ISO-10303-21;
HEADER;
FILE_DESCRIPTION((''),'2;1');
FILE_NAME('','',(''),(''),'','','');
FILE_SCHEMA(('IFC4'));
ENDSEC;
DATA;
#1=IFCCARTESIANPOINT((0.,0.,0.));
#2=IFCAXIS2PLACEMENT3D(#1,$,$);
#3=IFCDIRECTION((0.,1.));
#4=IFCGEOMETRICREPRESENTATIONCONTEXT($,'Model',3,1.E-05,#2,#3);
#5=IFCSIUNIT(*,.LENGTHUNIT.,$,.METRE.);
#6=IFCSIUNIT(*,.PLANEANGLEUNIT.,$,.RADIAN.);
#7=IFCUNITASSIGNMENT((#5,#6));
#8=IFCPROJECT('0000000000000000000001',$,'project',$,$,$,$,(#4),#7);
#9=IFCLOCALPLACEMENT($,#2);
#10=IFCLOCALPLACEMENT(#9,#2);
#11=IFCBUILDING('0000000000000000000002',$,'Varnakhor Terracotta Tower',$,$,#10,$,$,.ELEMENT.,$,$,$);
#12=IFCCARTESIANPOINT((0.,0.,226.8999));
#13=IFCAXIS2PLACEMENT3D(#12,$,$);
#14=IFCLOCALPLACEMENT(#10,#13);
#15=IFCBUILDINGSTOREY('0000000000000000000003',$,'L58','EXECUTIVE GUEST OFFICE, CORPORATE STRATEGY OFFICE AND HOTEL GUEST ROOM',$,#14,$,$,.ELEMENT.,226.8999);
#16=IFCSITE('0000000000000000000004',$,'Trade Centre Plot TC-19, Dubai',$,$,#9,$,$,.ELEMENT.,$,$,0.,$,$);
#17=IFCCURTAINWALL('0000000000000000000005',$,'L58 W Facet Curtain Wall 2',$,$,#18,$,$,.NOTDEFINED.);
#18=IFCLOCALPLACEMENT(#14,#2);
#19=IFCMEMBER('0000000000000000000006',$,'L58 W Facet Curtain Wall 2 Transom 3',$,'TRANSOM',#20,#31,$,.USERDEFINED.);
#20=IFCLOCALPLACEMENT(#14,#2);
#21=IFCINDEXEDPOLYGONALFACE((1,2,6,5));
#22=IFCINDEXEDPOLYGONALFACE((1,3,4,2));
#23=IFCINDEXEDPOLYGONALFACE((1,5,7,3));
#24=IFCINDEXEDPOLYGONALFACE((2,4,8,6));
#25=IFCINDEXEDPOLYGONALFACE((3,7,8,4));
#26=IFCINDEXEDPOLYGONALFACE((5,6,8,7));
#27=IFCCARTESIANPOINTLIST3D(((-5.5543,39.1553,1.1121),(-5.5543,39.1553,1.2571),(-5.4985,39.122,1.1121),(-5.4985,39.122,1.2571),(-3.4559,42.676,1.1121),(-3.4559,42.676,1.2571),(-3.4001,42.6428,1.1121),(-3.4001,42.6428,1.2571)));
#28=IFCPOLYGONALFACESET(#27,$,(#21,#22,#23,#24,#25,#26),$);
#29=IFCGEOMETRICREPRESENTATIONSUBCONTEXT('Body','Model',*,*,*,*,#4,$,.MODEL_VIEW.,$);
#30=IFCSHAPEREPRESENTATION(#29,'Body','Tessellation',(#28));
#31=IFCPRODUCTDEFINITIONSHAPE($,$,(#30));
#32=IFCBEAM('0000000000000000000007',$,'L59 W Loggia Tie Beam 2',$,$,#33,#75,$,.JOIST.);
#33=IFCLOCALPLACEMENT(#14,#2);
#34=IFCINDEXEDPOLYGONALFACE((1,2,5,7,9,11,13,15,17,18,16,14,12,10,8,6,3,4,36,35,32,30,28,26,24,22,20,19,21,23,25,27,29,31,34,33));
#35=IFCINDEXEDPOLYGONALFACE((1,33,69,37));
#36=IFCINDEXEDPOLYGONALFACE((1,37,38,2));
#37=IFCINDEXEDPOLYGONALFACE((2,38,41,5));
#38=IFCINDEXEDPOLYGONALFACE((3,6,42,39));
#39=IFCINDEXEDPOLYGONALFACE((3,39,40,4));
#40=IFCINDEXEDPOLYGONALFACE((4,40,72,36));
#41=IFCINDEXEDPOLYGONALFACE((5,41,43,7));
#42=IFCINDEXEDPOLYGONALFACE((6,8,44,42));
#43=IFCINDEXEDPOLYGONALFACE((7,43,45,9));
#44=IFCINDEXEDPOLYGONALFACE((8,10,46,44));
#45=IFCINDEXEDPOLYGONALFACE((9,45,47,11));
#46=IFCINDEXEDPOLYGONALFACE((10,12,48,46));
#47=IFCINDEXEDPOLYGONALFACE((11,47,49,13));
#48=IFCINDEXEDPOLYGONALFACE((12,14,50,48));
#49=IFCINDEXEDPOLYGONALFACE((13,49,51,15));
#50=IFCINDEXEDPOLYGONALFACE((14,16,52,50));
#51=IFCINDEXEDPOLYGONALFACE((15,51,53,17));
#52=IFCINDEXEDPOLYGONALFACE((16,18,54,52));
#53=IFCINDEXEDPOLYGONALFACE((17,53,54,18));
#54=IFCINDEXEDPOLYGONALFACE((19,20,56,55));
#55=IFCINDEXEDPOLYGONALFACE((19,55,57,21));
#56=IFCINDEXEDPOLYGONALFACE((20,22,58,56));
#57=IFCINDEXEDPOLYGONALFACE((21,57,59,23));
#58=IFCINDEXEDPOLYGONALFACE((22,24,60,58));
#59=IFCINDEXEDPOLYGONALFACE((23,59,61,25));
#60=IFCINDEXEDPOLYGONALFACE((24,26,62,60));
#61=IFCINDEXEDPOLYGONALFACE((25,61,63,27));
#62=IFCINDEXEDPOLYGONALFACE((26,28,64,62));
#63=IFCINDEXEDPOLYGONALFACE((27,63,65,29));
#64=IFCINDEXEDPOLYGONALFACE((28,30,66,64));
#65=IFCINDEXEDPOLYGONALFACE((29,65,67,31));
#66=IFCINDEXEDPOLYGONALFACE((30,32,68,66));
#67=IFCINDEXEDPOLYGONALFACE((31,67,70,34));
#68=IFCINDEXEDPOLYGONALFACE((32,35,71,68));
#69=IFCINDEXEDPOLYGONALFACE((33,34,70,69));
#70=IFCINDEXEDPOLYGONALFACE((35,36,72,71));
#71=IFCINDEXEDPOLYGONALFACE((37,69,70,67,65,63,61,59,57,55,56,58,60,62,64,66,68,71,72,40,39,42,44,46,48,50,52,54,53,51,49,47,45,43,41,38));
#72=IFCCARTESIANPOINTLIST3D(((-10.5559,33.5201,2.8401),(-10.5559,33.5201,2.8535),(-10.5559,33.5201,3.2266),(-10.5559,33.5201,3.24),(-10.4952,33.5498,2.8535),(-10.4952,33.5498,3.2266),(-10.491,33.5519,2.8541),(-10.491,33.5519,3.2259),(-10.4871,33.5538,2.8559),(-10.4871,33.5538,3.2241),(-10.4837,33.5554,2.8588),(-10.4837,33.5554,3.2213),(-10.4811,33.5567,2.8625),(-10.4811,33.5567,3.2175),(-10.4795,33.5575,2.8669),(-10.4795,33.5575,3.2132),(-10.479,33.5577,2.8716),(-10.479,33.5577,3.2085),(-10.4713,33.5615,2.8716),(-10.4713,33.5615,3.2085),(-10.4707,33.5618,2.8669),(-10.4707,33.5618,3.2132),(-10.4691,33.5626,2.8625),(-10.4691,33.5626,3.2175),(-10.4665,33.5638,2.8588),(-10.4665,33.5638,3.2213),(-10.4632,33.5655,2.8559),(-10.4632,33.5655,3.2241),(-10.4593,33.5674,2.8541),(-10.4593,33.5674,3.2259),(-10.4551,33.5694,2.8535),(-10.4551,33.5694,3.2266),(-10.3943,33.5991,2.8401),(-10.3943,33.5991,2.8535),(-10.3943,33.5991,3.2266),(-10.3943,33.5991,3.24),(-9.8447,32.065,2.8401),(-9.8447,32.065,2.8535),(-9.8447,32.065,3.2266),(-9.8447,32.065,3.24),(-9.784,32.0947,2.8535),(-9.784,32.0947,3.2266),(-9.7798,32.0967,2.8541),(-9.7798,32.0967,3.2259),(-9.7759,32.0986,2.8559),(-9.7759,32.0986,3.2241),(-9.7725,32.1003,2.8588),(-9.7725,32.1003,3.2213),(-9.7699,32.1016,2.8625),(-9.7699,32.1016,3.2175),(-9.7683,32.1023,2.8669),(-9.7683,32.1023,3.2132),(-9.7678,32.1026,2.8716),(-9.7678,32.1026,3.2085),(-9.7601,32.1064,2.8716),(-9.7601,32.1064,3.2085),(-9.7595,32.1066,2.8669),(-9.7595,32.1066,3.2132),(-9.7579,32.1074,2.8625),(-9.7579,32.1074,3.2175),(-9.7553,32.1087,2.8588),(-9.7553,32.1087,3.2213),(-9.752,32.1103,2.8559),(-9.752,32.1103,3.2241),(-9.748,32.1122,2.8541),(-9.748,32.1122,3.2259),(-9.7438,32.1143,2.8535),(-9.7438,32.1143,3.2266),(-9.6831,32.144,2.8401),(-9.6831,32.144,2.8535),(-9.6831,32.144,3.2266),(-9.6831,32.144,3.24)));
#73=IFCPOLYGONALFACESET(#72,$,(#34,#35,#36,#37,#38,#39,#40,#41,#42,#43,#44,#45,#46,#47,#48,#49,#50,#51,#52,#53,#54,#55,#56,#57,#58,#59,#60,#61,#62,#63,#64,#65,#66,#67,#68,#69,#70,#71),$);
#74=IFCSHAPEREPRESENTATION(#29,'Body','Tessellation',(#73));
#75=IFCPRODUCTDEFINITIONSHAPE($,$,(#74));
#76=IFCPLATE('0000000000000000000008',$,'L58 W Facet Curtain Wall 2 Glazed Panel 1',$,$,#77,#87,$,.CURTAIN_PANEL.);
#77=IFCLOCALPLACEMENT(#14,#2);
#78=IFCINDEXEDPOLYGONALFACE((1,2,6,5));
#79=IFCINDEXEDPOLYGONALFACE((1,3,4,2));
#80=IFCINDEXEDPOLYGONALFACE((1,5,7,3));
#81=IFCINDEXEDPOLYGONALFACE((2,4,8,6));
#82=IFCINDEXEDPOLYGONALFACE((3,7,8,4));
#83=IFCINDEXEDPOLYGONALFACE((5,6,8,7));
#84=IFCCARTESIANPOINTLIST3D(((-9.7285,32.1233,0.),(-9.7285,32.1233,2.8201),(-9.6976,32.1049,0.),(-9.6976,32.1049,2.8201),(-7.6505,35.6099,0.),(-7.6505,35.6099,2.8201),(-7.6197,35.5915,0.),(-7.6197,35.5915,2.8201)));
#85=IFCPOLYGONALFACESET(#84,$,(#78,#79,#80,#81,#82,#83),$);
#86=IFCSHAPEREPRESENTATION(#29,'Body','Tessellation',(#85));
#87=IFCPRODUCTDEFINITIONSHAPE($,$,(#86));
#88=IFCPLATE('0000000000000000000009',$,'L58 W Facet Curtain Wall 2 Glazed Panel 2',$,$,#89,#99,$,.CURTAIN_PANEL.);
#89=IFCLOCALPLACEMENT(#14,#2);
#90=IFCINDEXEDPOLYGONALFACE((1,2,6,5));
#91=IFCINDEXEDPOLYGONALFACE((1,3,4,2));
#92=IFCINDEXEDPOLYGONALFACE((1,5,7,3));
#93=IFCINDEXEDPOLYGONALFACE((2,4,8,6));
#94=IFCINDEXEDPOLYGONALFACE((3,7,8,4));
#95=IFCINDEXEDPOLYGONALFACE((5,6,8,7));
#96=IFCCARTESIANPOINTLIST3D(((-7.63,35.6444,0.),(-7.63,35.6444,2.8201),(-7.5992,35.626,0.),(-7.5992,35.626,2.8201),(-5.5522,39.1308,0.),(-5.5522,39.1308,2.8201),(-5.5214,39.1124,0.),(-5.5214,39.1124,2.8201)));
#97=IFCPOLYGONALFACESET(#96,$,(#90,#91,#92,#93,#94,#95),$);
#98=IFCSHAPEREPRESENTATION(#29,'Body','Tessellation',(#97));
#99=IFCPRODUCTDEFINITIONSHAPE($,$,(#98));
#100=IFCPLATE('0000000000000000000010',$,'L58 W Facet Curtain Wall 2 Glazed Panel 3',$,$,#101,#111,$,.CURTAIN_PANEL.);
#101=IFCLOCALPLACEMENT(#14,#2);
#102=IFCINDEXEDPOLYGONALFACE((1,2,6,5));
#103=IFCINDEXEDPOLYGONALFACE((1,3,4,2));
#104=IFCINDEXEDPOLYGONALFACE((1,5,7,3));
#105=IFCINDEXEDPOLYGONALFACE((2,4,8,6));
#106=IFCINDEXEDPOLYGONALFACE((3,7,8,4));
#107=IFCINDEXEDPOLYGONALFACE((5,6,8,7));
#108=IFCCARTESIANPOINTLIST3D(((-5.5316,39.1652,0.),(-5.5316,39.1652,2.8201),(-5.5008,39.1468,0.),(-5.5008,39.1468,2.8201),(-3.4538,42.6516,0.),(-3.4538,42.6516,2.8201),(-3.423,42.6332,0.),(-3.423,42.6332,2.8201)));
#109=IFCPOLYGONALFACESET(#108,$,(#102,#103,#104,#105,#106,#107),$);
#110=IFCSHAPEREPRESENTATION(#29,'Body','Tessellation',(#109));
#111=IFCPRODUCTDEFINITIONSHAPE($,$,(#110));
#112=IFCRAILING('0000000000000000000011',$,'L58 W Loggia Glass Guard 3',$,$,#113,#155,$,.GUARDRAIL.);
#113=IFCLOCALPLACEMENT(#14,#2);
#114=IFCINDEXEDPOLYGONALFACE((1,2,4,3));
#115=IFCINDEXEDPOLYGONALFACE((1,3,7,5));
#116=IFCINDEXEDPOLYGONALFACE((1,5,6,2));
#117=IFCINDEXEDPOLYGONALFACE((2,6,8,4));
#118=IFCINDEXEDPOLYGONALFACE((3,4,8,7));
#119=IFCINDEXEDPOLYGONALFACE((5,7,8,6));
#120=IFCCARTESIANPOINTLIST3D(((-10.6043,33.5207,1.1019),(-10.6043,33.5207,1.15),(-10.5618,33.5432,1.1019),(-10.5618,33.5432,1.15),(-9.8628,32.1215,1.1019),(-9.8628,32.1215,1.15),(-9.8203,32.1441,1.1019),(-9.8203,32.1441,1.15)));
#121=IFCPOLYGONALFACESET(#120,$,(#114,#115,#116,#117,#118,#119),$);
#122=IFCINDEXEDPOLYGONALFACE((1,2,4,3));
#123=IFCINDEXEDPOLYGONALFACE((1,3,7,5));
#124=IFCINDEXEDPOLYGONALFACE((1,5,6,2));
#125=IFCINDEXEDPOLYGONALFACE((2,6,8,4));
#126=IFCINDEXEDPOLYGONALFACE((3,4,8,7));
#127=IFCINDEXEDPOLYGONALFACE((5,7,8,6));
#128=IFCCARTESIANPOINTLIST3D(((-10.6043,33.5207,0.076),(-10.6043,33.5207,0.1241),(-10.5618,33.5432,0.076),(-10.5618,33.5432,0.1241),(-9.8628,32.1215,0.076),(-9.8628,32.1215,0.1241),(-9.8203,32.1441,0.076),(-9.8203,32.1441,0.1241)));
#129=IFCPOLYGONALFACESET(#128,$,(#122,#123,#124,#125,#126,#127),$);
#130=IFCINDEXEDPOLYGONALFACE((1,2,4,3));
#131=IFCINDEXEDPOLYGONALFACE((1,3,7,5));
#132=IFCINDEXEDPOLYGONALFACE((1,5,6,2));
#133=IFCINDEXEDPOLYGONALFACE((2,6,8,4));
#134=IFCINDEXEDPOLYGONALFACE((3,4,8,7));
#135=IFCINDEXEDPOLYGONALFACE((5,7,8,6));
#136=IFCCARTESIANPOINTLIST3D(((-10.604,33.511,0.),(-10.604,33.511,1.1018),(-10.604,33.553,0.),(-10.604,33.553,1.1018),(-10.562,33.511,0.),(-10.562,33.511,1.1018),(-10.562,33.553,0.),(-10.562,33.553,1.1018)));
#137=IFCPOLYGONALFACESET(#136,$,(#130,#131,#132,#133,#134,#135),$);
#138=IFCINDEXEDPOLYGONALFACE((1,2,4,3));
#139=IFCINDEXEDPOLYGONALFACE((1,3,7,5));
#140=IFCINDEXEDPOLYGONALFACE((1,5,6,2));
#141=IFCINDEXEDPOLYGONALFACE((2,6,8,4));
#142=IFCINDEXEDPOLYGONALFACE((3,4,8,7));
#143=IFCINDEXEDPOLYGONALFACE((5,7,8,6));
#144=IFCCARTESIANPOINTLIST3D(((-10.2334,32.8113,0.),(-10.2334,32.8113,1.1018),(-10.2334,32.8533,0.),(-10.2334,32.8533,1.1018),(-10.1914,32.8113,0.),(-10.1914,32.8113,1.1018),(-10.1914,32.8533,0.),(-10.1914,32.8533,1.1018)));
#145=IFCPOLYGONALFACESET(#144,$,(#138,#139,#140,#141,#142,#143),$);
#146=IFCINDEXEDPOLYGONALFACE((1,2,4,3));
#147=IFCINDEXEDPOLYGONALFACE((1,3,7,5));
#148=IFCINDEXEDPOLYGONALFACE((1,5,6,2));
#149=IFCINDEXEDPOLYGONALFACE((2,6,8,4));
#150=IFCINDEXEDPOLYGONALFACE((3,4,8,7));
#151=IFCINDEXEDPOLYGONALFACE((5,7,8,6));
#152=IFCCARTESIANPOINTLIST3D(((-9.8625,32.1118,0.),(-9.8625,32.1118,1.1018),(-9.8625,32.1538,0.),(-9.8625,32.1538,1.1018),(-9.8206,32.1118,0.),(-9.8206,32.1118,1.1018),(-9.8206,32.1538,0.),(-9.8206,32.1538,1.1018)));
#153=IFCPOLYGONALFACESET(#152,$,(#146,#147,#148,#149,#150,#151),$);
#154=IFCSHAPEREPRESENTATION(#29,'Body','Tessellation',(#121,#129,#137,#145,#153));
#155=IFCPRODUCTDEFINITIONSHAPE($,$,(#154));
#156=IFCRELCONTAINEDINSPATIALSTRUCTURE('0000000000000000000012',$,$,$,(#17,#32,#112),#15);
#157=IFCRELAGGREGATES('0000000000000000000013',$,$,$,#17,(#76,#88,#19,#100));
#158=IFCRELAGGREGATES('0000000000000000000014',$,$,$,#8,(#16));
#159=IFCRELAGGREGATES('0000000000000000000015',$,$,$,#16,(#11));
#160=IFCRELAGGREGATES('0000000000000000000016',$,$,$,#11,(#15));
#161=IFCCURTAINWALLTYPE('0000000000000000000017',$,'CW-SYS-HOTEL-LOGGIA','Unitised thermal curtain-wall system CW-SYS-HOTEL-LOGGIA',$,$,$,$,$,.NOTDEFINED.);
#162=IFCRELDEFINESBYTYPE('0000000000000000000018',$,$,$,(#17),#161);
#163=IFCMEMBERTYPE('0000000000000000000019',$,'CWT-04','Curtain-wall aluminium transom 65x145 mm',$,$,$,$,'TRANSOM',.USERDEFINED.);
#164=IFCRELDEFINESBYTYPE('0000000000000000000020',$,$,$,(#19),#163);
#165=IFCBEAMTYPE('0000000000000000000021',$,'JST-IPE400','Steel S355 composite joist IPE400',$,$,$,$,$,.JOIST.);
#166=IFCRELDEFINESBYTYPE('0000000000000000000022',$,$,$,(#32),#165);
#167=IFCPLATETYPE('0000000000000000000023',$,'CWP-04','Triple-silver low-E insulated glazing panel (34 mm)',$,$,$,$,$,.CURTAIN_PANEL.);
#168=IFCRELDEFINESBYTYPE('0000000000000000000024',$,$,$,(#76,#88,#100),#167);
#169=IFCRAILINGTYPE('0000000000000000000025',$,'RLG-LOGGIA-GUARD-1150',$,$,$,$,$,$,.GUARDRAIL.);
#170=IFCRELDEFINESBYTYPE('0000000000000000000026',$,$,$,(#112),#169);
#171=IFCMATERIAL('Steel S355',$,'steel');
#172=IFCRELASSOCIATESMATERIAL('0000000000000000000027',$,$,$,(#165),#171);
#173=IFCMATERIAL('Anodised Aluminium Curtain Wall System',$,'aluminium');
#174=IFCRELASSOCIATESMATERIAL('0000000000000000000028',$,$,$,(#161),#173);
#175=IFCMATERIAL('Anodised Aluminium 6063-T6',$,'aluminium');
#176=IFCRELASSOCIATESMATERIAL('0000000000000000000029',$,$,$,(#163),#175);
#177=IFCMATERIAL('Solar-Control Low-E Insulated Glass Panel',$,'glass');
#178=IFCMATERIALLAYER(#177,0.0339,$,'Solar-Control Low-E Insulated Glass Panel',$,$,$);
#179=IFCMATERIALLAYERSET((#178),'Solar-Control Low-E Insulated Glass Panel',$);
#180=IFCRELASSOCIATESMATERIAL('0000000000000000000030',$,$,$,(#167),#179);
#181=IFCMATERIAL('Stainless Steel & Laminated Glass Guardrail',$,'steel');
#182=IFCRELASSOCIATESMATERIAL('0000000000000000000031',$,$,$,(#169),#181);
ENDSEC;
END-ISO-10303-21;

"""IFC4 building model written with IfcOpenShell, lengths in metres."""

from ifc_helpers import new_model, si_unit, direction, frame, origin, origin_2d, place, context, subcontext, project, spatial, rectangle, i_section, extrude, source, transform, mapped, material, layer, layer_set, material_profile, profile_set, type_object, element, aggregate, save


model = new_model("IFC4")

# Units and contexts
model_context = context("Model", 3, precision=1e-05, world=origin(), true_north=direction((0.0, 1.0)))
body_context = subcontext(model_context, "Body", "Model", "MODEL_VIEW")
ifc_project = project(units=[si_unit("LENGTHUNIT", "METRE"), si_unit("PLANEANGLEUNIT", "RADIAN")], contexts=[model_context])

# Site, building, storey
site_placement = place(None, origin())
site = spatial("IfcSite", under=ifc_project, at=site_placement, Name="Trade Centre Plot TC-19, Dubai", CompositionType="ELEMENT", RefElevation=0.0)
building_placement = place(site_placement, origin())
building = spatial("IfcBuilding", under=site, at=building_placement, Name="Varnakhor Terracotta Tower", CompositionType="ELEMENT")
storey_placement = place(building_placement, frame((0.0, 0.0, 226.8999)))
storey = spatial("IfcBuildingStorey", under=building, at=storey_placement, Name="L58", Description="EXECUTIVE GUEST OFFICE, CORPORATE STRATEGY OFFICE AND HOTEL GUEST ROOM", CompositionType="ELEMENT", Elevation=226.8999)

# Shared definitions
ifc_material_1 = material(Name="Steel S355", Category="steel")
ifc_material_profile_1 = material_profile(ifc_material_1, i_section(OverallWidth=0.1799, OverallDepth=0.3999, WebThickness=0.0085, FlangeThickness=0.0134, FilletRadius=0.0181, at=origin_2d()), Name="IPE400")
ifc_profile_set_1 = profile_set([ifc_material_profile_1], Name="Steel S355")
beam_type_1 = type_object("IfcBeamType", Name="JST-IPE400", Description="Steel S355 composite joist IPE400", PredefinedType="JOIST", material=ifc_profile_set_1)

# Curtain wall, member
ifc_material_2 = material(Name="Anodised Aluminium Curtain Wall System", Category="aluminium")
curtain_wall_type = type_object("IfcCurtainWallType", Name="CW-SYS-HOTEL-LOGGIA", Description="Unitised thermal curtain-wall system CW-SYS-HOTEL-LOGGIA", PredefinedType="NOTDEFINED", material=ifc_material_2)
curtain_wall_placement = place(storey_placement, origin())
curtain_wall = element("IfcCurtainWall", 1, at=curtain_wall_placement, inside=storey, type_object=curtain_wall_type, Name="L58 W Facet Curtain Wall 2", PredefinedType="NOTDEFINED")
ifc_material_3 = material(Name="Anodised Aluminium 6063-T6", Category="aluminium")
ifc_material_profile_2 = material_profile(ifc_material_3, rectangle(XDim=0.0649, YDim=0.145, at=origin_2d()), Name="ALU TRANSOM 65x145")
ifc_profile_set_2 = profile_set([ifc_material_profile_2], Name="Anodised Aluminium 6063-T6")
member_type_1 = type_object("IfcMemberType", Name="CWT-04", Description="Curtain-wall aluminium transom 65x145 mm", ElementType="TRANSOM", PredefinedType="USERDEFINED", material=ifc_profile_set_2)
shared_shape_1 = source(origin(), body_context, "Body", "SweptSolid", [
    extrude(rectangle(XDim=0.0649, YDim=0.145, at=origin_2d()), origin(), (0.0, 0.0, 1.0), 4.0986),
])
member_1_placement = place(storey_placement, frame((-5.5264, 39.1387, 1.1846), z_axis=(0.511971, 0.859003, 0.0), x_axis=(-0.859003, 0.511971, 0.0)))
member_1 = element("IfcMember", 2, at=member_1_placement, type_object=member_type_1, Name="L58 W Facet Curtain Wall 2 Transom 3", ObjectType="TRANSOM", PredefinedType="USERDEFINED", context=body_context, shape_type="MappedRepresentation", body=[
    mapped(shared_shape_1, transform((0.0, 0.0, 0.0), scale=1.0)),
])

# Beam
shared_shape_2 = source(origin(), body_context, "Body", "SweptSolid", [
    extrude(i_section(OverallWidth=0.1799, OverallDepth=0.3999, WebThickness=0.0085, FlangeThickness=0.0134, FilletRadius=0.0181, at=origin_2d()), origin(), (0.0, 0.0, 1.0), 1.6196),
])
beam_1_placement = place(storey_placement, frame((-9.7639, 32.1045, 3.04), z_axis=(-0.439116, 0.898431, 0.0), x_axis=(-0.898431, -0.439116, 0.0)))
element("IfcBeam", 3, at=beam_1_placement, inside=storey, type_object=beam_type_1, Name="L59 W Loggia Tie Beam 2", PredefinedType="JOIST", context=body_context, shape_type="MappedRepresentation", body=[
    mapped(shared_shape_2, transform((0.0, 0.0, 0.0), scale=1.0)),
])

# Plates
ifc_material_4 = material(Name="Solar-Control Low-E Insulated Glass Panel", Category="glass")
ifc_layer = layer(ifc_material_4, 0.0339, Name="Solar-Control Low-E Insulated Glass Panel")
ifc_layer_set = layer_set([ifc_layer], Name="Solar-Control Low-E Insulated Glass Panel")
plate_type = type_object("IfcPlateType", Name="CWP-04", Description="Triple-silver low-E insulated glazing panel (34 mm)", PredefinedType="CURTAIN_PANEL", material=ifc_layer_set)
shared_shape_3 = source(origin(), body_context, "Body", "SweptSolid", [
    extrude(rectangle(XDim=4.0588, YDim=0.0359, at=origin_2d()), origin(), (0.0, 0.0, 1.0), 2.8201),
])
plate_1_placement = place(storey_placement, frame((-8.6741, 33.8574, 0.0), z_axis=(0.0, 0.0, 1.0), x_axis=(0.511953, 0.859014, 0.0)))
plate_1 = element("IfcPlate", 4, at=plate_1_placement, type_object=plate_type, Name="L58 W Facet Curtain Wall 2 Glazed Panel 1", PredefinedType="CURTAIN_PANEL", context=body_context, shape_type="MappedRepresentation", body=[
    mapped(shared_shape_3, transform((0.0, 0.0, 0.0), scale=1.0)),
])
shared_shape_4 = source(origin(), body_context, "Body", "SweptSolid", [
    extrude(rectangle(XDim=4.0586, YDim=0.0359, at=origin_2d()), origin(), (0.0, 0.0, 1.0), 2.8201),
])
plate_2_placement = place(storey_placement, frame((-6.5757, 37.3784, 0.0), z_axis=(0.0, 0.0, 1.0), x_axis=(0.511953, 0.859014, 0.0)))
plate_2 = element("IfcPlate", 5, at=plate_2_placement, type_object=plate_type, Name="L58 W Facet Curtain Wall 2 Glazed Panel 2", PredefinedType="CURTAIN_PANEL", context=body_context, shape_type="MappedRepresentation", body=[
    mapped(shared_shape_4, transform((0.0, 0.0, 0.0), scale=1.0)),
])
plate_3_placement = place(storey_placement, frame((-4.4773, 40.8992, 0.0), z_axis=(0.0, 0.0, 1.0), x_axis=(0.511953, 0.859014, 0.0)))
plate_3 = element("IfcPlate", 6, at=plate_3_placement, type_object=plate_type, Name="L58 W Facet Curtain Wall 2 Glazed Panel 3", PredefinedType="CURTAIN_PANEL", context=body_context, shape_type="MappedRepresentation", body=[
    mapped(shared_shape_4, transform((0.0, 0.0, 0.0), scale=1.0)),
])
aggregate(curtain_wall, [plate_1, plate_2, member_1, plate_3])

# Railing
ifc_material_5 = material(Name="Stainless Steel & Laminated Glass Guardrail", Category="steel")
railing_type = type_object("IfcRailingType", Name="RLG-LOGGIA-GUARD-1150", PredefinedType="GUARDRAIL", material=ifc_material_5)
railing_placement = place(storey_placement, frame((-10.583, 33.532, 0.0)))
element("IfcRailing", 7, at=railing_placement, inside=storey, type_object=railing_type, Name="L58 W Loggia Glass Guard 3", PredefinedType="GUARDRAIL", context=body_context, shape_type="SweptSolid", body=[
    extrude(rectangle(XDim=0.0481, YDim=0.0481, at=origin_2d()), frame((0.0, 0.0, 1.126), z_axis=(0.468242, -0.8836, 0.0), x_axis=(0.8836, 0.468242, 0.0)), (0.0, 0.0, 1.0), 1.5835),
    extrude(rectangle(XDim=0.0481, YDim=0.0481, at=origin_2d()), frame((0.0, 0.0, 0.1001), z_axis=(0.468242, -0.8836, 0.0), x_axis=(0.8836, 0.468242, 0.0)), (0.0, 0.0, 1.0), 1.5835),
    extrude(rectangle(XDim=0.042, YDim=0.042, at=origin_2d()), origin(), (0.0, 0.0, 1.0), 1.1018),
    extrude(rectangle(XDim=0.042, YDim=0.042, at=origin_2d()), frame((0.3706, -0.6997, 0.0)), (0.0, 0.0, 1.0), 1.1018),
    extrude(rectangle(XDim=0.042, YDim=0.042, at=origin_2d()), frame((0.7415, -1.3992, 0.0)), (0.0, 0.0, 1.0), 1.1018),
])

save(model, "model.ifc")
